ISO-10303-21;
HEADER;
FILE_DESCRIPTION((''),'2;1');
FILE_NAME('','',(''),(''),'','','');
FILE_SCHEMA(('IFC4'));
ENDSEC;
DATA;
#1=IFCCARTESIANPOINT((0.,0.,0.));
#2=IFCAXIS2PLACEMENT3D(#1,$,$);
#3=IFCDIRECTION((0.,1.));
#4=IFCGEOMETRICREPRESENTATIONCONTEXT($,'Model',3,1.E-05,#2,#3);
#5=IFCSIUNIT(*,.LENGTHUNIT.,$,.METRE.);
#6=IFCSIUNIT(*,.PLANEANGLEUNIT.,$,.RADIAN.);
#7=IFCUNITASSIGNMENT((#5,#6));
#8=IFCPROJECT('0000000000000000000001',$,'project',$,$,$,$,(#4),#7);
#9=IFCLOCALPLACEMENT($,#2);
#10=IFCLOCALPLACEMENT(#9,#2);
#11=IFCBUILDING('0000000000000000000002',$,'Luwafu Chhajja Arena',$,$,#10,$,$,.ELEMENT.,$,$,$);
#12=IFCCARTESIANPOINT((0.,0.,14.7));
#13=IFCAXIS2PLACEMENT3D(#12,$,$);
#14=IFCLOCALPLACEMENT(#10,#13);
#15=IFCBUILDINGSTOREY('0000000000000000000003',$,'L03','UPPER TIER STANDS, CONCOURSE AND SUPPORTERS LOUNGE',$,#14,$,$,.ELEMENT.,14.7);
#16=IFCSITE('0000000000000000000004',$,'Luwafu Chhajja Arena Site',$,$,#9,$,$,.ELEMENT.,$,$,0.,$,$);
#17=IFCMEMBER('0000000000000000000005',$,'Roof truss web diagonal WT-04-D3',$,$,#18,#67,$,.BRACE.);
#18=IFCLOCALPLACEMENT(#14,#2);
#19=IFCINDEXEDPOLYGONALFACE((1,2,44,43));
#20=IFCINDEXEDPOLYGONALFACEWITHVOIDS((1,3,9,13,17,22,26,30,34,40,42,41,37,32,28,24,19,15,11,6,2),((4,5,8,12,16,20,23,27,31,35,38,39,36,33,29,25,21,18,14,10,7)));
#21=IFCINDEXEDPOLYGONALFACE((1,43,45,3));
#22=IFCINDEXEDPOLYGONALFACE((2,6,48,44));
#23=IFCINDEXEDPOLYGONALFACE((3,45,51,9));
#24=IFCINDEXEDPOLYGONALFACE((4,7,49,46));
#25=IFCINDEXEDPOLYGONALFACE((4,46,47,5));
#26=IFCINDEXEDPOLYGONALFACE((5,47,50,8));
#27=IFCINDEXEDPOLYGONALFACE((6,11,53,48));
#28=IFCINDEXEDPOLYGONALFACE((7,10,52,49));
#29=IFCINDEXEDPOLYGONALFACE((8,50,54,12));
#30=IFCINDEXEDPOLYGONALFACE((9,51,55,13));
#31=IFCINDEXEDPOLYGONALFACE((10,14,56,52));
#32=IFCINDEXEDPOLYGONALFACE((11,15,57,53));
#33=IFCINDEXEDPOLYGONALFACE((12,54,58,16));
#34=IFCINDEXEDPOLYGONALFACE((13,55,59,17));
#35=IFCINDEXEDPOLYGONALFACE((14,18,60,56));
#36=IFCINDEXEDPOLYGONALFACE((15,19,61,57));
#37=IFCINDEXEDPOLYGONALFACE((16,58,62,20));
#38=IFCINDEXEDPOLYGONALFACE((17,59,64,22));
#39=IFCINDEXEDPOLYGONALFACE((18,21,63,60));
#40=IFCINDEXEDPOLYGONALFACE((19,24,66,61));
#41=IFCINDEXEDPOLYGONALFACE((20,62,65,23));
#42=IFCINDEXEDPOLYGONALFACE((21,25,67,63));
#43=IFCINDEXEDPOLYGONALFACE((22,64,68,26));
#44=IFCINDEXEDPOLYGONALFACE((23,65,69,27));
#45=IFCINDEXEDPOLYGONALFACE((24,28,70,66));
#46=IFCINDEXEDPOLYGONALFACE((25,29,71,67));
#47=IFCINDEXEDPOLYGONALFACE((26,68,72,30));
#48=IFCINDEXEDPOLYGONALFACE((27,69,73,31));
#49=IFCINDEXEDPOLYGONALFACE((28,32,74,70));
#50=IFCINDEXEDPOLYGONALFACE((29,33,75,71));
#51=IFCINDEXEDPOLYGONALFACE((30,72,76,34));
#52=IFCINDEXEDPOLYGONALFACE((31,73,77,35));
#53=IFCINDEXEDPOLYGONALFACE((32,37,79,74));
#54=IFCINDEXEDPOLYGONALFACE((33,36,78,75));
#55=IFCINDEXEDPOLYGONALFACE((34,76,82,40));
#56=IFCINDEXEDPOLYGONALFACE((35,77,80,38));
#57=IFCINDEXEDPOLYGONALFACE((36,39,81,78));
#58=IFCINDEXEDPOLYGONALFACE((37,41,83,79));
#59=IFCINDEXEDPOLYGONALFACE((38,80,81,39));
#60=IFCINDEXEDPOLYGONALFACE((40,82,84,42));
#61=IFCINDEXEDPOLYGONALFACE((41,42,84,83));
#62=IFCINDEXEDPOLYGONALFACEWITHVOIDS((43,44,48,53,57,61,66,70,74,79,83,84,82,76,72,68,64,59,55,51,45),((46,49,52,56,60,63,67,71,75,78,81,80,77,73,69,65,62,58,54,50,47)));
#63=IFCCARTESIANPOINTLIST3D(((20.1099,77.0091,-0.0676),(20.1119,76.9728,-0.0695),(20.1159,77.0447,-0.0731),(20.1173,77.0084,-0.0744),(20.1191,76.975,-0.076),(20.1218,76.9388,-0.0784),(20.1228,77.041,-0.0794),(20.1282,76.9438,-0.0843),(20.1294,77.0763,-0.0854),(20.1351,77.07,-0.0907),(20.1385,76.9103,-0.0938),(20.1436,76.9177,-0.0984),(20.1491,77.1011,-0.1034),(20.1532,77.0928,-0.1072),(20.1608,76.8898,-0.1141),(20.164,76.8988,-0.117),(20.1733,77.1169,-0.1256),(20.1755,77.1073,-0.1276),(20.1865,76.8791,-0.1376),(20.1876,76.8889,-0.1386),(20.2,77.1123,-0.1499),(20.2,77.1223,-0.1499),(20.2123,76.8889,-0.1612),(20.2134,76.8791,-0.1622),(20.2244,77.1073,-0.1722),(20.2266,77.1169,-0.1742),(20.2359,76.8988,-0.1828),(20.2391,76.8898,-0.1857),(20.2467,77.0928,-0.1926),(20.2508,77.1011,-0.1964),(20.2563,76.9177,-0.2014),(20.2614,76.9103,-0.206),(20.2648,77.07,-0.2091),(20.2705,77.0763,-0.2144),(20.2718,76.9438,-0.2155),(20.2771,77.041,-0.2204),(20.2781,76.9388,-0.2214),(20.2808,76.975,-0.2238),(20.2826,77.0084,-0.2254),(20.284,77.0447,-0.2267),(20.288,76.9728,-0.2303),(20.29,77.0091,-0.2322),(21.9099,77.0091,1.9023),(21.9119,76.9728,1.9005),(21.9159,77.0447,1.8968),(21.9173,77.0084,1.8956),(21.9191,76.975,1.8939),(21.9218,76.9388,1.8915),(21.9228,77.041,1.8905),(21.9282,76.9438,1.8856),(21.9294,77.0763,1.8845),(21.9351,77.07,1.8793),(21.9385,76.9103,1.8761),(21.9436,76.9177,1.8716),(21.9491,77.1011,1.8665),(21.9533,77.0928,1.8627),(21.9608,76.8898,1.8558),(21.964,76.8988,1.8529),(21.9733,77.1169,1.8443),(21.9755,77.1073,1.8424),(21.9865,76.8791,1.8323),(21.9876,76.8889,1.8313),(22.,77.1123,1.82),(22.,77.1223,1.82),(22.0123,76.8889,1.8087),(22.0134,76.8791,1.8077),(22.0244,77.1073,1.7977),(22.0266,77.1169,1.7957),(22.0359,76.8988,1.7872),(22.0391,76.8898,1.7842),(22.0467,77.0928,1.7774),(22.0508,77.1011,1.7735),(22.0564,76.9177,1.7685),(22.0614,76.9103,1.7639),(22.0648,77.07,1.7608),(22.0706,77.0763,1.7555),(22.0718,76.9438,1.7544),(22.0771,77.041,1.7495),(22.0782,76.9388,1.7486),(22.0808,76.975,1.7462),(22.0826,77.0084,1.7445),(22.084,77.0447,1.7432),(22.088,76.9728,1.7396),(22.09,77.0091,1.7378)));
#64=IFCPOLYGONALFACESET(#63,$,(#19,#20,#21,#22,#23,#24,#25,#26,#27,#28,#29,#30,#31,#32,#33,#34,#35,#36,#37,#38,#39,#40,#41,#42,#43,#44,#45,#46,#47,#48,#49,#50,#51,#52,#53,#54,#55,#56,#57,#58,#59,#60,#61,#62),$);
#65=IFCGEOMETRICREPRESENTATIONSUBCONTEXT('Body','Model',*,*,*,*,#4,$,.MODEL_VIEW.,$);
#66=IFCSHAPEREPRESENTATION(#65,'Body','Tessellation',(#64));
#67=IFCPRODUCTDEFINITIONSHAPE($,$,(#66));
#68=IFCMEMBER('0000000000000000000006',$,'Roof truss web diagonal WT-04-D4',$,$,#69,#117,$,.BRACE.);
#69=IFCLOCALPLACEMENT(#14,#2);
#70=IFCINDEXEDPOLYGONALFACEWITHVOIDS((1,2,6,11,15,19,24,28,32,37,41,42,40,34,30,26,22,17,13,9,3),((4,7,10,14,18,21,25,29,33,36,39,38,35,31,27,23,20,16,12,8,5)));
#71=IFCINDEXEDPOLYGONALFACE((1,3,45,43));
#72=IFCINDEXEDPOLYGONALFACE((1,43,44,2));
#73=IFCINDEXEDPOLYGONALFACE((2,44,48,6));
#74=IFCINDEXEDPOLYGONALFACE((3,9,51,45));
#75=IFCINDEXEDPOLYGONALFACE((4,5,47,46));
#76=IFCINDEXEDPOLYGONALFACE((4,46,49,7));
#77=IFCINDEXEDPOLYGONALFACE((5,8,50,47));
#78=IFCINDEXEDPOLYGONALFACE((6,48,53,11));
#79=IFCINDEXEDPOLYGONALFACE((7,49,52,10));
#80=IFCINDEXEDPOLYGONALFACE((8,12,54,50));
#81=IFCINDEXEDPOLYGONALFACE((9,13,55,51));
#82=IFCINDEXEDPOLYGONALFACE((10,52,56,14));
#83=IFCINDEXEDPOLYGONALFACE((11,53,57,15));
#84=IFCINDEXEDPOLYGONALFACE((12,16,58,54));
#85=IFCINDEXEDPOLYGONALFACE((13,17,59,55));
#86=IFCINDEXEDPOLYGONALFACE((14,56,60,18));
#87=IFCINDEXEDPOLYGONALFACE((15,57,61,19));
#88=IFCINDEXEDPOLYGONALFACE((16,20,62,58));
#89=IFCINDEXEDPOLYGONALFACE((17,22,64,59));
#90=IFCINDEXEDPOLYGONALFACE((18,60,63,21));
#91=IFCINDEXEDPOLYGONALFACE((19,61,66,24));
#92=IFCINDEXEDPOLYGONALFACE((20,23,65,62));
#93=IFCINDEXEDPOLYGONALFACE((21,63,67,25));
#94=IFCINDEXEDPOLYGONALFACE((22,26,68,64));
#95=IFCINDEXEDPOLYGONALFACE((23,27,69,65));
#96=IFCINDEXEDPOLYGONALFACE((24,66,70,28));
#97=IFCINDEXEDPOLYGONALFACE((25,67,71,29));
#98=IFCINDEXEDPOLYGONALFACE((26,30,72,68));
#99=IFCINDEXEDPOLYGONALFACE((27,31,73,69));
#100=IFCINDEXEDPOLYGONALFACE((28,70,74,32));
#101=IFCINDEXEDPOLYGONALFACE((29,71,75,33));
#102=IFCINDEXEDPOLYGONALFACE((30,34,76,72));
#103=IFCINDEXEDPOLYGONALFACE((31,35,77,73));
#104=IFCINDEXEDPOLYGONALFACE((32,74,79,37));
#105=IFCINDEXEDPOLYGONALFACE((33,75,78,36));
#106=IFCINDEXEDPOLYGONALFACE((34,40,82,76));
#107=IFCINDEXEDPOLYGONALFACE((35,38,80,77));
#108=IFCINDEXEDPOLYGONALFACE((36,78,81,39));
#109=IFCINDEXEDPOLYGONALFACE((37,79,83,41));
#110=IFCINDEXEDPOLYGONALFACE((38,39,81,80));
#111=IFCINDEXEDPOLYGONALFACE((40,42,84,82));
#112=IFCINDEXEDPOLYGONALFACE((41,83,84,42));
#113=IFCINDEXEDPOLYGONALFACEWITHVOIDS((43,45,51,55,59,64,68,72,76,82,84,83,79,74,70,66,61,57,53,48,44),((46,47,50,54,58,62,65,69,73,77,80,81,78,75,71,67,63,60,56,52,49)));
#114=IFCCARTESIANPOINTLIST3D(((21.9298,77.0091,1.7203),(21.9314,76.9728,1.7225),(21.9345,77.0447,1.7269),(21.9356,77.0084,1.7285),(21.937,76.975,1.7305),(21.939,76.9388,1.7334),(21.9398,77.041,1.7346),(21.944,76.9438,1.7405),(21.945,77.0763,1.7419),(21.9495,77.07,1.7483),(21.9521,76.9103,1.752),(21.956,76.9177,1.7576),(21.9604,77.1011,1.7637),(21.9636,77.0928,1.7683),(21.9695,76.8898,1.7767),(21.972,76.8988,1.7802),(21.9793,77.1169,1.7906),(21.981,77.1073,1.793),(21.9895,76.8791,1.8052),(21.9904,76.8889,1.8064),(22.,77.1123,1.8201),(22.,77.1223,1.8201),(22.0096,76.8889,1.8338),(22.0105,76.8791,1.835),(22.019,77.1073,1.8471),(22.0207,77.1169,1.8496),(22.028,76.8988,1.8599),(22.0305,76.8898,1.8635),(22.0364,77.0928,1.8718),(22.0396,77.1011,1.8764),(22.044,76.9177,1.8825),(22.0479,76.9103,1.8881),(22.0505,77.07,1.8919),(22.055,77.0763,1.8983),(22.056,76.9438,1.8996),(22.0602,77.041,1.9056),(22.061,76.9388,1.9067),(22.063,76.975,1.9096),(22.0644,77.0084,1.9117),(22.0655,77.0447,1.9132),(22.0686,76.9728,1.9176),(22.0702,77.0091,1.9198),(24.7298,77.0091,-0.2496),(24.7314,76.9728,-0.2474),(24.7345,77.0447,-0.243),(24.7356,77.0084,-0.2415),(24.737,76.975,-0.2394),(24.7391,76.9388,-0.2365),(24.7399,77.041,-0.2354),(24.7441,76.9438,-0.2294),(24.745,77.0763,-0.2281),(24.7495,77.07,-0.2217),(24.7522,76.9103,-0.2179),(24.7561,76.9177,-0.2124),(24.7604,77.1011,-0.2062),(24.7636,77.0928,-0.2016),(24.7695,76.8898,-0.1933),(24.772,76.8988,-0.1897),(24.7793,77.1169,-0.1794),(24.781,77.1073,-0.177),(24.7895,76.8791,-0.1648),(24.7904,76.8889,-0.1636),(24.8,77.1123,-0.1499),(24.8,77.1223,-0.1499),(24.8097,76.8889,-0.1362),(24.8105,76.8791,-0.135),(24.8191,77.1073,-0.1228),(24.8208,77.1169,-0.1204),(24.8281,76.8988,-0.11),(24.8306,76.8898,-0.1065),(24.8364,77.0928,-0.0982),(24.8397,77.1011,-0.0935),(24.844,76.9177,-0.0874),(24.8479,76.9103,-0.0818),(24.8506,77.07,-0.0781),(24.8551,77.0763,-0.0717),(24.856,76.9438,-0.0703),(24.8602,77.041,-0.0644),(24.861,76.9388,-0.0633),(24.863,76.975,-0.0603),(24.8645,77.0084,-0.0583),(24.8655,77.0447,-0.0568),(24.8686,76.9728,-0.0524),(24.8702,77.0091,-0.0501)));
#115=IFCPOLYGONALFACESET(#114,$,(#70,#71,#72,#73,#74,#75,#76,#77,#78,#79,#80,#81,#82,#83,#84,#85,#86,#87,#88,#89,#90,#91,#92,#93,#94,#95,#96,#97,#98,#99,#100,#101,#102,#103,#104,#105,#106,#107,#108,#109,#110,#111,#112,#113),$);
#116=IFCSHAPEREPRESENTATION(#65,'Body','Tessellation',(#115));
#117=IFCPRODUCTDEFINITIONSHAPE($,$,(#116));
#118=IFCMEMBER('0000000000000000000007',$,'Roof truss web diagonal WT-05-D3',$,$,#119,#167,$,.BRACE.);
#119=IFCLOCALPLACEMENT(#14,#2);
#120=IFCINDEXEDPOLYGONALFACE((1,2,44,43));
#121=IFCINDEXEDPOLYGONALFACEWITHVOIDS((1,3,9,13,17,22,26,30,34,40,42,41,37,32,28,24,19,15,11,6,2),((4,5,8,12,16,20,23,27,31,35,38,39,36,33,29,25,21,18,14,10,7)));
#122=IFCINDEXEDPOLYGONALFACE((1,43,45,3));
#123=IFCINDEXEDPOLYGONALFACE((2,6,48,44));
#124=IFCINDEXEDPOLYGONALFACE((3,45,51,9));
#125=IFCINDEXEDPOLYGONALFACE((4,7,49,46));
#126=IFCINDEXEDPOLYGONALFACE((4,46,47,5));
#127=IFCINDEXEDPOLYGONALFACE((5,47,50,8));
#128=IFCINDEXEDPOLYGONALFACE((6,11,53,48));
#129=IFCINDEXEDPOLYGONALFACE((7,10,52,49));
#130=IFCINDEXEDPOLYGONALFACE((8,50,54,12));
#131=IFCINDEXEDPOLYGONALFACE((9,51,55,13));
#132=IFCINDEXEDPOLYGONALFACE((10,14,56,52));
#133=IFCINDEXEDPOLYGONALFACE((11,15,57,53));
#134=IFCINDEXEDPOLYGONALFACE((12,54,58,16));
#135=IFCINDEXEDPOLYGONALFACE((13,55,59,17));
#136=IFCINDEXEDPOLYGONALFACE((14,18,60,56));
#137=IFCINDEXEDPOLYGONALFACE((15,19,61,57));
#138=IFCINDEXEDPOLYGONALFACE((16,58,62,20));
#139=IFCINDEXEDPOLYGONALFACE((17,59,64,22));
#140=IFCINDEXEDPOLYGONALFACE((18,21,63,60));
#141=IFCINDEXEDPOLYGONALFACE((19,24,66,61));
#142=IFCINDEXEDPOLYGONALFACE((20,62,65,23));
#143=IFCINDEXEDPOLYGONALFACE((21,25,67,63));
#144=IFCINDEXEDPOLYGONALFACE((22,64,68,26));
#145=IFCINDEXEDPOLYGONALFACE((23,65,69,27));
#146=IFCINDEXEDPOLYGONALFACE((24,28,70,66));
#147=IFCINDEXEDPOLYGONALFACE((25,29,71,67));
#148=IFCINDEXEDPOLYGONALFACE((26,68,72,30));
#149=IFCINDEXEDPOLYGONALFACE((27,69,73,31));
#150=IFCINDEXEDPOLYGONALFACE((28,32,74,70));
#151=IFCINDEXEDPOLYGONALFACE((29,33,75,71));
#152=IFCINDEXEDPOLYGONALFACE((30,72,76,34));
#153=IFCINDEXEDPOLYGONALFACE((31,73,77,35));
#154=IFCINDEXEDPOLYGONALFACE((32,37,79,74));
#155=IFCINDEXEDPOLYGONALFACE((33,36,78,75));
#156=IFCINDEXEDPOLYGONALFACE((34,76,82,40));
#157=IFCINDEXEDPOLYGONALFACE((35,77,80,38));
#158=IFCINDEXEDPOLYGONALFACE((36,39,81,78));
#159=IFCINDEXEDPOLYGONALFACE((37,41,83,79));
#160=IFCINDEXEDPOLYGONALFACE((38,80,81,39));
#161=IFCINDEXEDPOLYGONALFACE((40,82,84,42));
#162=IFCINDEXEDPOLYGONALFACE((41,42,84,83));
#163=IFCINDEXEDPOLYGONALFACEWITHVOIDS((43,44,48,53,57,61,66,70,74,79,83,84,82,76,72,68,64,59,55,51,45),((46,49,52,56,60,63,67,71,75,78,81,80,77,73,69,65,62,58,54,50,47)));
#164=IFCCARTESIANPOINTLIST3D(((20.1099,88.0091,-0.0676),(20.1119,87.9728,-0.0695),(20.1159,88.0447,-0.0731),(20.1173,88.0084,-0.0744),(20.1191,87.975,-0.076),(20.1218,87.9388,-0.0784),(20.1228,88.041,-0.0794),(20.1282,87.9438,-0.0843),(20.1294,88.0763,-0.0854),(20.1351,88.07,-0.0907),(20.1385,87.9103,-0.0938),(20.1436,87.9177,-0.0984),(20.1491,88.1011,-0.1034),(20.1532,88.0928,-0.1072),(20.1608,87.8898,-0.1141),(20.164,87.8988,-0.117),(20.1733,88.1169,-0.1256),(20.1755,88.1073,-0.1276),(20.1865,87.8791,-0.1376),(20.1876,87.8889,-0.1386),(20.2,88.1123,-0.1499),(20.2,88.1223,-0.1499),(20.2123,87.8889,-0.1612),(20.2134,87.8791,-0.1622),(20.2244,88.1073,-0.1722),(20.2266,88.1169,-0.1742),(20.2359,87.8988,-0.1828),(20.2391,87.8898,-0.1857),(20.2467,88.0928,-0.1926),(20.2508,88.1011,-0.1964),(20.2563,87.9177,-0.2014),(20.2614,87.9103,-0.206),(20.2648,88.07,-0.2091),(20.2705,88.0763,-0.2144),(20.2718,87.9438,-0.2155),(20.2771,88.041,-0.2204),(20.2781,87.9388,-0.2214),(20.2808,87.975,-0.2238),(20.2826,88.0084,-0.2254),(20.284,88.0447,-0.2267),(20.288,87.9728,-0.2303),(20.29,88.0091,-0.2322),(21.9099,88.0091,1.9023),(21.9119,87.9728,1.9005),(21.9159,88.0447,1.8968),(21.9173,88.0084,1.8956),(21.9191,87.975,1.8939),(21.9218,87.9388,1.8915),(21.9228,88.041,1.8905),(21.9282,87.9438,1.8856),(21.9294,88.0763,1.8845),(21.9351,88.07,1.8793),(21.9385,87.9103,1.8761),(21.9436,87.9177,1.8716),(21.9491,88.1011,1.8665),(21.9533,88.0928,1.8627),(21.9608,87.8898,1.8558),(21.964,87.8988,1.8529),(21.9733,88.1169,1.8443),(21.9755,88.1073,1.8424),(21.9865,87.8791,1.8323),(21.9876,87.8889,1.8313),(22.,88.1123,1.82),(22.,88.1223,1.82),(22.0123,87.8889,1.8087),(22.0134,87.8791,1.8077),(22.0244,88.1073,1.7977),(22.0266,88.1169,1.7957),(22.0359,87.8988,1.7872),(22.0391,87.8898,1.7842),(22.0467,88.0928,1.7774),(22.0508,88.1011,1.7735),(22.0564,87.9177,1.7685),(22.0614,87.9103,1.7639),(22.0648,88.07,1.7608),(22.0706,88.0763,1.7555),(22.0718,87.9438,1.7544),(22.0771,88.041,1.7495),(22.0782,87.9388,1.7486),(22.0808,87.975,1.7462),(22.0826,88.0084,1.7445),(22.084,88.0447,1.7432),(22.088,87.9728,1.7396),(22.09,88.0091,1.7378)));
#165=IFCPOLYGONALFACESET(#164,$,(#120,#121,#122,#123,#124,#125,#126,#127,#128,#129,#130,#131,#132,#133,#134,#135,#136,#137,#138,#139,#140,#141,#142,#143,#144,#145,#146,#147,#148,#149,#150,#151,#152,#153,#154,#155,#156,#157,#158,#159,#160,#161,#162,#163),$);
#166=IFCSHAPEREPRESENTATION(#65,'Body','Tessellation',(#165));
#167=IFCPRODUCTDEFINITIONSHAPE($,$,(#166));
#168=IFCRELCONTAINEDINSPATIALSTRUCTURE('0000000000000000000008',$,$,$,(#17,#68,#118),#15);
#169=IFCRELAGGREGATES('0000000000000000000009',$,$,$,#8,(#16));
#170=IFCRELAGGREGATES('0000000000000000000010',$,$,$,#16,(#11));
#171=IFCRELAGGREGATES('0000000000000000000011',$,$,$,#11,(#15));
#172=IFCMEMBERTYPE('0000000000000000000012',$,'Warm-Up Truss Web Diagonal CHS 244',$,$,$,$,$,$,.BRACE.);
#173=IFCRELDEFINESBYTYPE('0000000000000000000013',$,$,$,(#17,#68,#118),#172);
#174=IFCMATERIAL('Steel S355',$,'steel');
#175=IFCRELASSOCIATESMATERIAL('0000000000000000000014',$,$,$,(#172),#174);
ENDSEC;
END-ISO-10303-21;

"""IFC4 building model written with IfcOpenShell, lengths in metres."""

from ifc_helpers import new_model, si_unit, direction, frame, origin, origin_2d, place, context, subcontext, project, spatial, hollow_circle, extrude, material, material_profile, profile_set, type_object, element, save


model = new_model("IFC4")

# Units and contexts
model_context = context("Model", 3, precision=1e-05, world=origin(), true_north=direction((0.0, 1.0)))
body_context = subcontext(model_context, "Body", "Model", "MODEL_VIEW")
ifc_project = project(units=[si_unit("LENGTHUNIT", "METRE"), si_unit("PLANEANGLEUNIT", "RADIAN")], contexts=[model_context])

# Site, building, storey
site_placement = place(None, origin())
site = spatial("IfcSite", under=ifc_project, at=site_placement, Name="Luwafu Chhajja Arena Site", CompositionType="ELEMENT", RefElevation=0.0)
building_placement = place(site_placement, origin())
building = spatial("IfcBuilding", under=site, at=building_placement, Name="Luwafu Chhajja Arena", CompositionType="ELEMENT")
storey_placement = place(building_placement, frame((0.0, 0.0, 14.7)))
storey = spatial("IfcBuildingStorey", under=building, at=storey_placement, Name="L03", Description="UPPER TIER STANDS, CONCOURSE AND SUPPORTERS LOUNGE", CompositionType="ELEMENT", Elevation=14.7)

# Shared definitions
ifc_material_1 = material(Name="Steel S355", Category="steel")

# Members
ifc_material_profile_1 = material_profile(ifc_material_1, hollow_circle(Radius=0.1223, WallThickness=0.01, at=origin_2d()), Name="CHS 244.5x10")
ifc_profile_set_1 = profile_set([ifc_material_profile_1], Name="Steel S355")
member_type = type_object("IfcMemberType", Name="Warm-Up Truss Web Diagonal CHS 244", PredefinedType="BRACE", material=ifc_profile_set_1)
member_1_placement = place(storey_placement, frame((20.2, 77.0, -0.1499), z_axis=(0.674551, 0.0, 0.738228), x_axis=(0.0, 1.0, 0.0)))
element("IfcMember", 1, at=member_1_placement, inside=storey, type_object=member_type, Name="Roof truss web diagonal WT-04-D3", PredefinedType="BRACE", context=body_context, shape_type="SweptSolid", body=[
    extrude(hollow_circle(Radius=0.1223, WallThickness=0.01, at=origin_2d()), origin(), (0.0, 0.0, 1.0), 2.6685),
])
member_2_placement = place(storey_placement, frame((22.0, 77.0, 1.8201), z_axis=(0.817866, 0.0, -0.575409), x_axis=(0.0, 1.0, 0.0)))
element("IfcMember", 2, at=member_2_placement, inside=storey, type_object=member_type, Name="Roof truss web diagonal WT-04-D4", PredefinedType="BRACE", context=body_context, shape_type="SweptSolid", body=[
    extrude(hollow_circle(Radius=0.1223, WallThickness=0.01, at=origin_2d()), origin(), (0.0, 0.0, 1.0), 3.4236),
])
member_3_placement = place(storey_placement, frame((20.2, 88.0, -0.1499), z_axis=(0.674551, 0.0, 0.738228), x_axis=(0.0, 1.0, 0.0)))
element("IfcMember", 3, at=member_3_placement, inside=storey, type_object=member_type, Name="Roof truss web diagonal WT-05-D3", PredefinedType="BRACE", context=body_context, shape_type="SweptSolid", body=[
    extrude(hollow_circle(Radius=0.1223, WallThickness=0.01, at=origin_2d()), origin(), (0.0, 0.0, 1.0), 2.6685),
])

save(model, "model.ifc")
